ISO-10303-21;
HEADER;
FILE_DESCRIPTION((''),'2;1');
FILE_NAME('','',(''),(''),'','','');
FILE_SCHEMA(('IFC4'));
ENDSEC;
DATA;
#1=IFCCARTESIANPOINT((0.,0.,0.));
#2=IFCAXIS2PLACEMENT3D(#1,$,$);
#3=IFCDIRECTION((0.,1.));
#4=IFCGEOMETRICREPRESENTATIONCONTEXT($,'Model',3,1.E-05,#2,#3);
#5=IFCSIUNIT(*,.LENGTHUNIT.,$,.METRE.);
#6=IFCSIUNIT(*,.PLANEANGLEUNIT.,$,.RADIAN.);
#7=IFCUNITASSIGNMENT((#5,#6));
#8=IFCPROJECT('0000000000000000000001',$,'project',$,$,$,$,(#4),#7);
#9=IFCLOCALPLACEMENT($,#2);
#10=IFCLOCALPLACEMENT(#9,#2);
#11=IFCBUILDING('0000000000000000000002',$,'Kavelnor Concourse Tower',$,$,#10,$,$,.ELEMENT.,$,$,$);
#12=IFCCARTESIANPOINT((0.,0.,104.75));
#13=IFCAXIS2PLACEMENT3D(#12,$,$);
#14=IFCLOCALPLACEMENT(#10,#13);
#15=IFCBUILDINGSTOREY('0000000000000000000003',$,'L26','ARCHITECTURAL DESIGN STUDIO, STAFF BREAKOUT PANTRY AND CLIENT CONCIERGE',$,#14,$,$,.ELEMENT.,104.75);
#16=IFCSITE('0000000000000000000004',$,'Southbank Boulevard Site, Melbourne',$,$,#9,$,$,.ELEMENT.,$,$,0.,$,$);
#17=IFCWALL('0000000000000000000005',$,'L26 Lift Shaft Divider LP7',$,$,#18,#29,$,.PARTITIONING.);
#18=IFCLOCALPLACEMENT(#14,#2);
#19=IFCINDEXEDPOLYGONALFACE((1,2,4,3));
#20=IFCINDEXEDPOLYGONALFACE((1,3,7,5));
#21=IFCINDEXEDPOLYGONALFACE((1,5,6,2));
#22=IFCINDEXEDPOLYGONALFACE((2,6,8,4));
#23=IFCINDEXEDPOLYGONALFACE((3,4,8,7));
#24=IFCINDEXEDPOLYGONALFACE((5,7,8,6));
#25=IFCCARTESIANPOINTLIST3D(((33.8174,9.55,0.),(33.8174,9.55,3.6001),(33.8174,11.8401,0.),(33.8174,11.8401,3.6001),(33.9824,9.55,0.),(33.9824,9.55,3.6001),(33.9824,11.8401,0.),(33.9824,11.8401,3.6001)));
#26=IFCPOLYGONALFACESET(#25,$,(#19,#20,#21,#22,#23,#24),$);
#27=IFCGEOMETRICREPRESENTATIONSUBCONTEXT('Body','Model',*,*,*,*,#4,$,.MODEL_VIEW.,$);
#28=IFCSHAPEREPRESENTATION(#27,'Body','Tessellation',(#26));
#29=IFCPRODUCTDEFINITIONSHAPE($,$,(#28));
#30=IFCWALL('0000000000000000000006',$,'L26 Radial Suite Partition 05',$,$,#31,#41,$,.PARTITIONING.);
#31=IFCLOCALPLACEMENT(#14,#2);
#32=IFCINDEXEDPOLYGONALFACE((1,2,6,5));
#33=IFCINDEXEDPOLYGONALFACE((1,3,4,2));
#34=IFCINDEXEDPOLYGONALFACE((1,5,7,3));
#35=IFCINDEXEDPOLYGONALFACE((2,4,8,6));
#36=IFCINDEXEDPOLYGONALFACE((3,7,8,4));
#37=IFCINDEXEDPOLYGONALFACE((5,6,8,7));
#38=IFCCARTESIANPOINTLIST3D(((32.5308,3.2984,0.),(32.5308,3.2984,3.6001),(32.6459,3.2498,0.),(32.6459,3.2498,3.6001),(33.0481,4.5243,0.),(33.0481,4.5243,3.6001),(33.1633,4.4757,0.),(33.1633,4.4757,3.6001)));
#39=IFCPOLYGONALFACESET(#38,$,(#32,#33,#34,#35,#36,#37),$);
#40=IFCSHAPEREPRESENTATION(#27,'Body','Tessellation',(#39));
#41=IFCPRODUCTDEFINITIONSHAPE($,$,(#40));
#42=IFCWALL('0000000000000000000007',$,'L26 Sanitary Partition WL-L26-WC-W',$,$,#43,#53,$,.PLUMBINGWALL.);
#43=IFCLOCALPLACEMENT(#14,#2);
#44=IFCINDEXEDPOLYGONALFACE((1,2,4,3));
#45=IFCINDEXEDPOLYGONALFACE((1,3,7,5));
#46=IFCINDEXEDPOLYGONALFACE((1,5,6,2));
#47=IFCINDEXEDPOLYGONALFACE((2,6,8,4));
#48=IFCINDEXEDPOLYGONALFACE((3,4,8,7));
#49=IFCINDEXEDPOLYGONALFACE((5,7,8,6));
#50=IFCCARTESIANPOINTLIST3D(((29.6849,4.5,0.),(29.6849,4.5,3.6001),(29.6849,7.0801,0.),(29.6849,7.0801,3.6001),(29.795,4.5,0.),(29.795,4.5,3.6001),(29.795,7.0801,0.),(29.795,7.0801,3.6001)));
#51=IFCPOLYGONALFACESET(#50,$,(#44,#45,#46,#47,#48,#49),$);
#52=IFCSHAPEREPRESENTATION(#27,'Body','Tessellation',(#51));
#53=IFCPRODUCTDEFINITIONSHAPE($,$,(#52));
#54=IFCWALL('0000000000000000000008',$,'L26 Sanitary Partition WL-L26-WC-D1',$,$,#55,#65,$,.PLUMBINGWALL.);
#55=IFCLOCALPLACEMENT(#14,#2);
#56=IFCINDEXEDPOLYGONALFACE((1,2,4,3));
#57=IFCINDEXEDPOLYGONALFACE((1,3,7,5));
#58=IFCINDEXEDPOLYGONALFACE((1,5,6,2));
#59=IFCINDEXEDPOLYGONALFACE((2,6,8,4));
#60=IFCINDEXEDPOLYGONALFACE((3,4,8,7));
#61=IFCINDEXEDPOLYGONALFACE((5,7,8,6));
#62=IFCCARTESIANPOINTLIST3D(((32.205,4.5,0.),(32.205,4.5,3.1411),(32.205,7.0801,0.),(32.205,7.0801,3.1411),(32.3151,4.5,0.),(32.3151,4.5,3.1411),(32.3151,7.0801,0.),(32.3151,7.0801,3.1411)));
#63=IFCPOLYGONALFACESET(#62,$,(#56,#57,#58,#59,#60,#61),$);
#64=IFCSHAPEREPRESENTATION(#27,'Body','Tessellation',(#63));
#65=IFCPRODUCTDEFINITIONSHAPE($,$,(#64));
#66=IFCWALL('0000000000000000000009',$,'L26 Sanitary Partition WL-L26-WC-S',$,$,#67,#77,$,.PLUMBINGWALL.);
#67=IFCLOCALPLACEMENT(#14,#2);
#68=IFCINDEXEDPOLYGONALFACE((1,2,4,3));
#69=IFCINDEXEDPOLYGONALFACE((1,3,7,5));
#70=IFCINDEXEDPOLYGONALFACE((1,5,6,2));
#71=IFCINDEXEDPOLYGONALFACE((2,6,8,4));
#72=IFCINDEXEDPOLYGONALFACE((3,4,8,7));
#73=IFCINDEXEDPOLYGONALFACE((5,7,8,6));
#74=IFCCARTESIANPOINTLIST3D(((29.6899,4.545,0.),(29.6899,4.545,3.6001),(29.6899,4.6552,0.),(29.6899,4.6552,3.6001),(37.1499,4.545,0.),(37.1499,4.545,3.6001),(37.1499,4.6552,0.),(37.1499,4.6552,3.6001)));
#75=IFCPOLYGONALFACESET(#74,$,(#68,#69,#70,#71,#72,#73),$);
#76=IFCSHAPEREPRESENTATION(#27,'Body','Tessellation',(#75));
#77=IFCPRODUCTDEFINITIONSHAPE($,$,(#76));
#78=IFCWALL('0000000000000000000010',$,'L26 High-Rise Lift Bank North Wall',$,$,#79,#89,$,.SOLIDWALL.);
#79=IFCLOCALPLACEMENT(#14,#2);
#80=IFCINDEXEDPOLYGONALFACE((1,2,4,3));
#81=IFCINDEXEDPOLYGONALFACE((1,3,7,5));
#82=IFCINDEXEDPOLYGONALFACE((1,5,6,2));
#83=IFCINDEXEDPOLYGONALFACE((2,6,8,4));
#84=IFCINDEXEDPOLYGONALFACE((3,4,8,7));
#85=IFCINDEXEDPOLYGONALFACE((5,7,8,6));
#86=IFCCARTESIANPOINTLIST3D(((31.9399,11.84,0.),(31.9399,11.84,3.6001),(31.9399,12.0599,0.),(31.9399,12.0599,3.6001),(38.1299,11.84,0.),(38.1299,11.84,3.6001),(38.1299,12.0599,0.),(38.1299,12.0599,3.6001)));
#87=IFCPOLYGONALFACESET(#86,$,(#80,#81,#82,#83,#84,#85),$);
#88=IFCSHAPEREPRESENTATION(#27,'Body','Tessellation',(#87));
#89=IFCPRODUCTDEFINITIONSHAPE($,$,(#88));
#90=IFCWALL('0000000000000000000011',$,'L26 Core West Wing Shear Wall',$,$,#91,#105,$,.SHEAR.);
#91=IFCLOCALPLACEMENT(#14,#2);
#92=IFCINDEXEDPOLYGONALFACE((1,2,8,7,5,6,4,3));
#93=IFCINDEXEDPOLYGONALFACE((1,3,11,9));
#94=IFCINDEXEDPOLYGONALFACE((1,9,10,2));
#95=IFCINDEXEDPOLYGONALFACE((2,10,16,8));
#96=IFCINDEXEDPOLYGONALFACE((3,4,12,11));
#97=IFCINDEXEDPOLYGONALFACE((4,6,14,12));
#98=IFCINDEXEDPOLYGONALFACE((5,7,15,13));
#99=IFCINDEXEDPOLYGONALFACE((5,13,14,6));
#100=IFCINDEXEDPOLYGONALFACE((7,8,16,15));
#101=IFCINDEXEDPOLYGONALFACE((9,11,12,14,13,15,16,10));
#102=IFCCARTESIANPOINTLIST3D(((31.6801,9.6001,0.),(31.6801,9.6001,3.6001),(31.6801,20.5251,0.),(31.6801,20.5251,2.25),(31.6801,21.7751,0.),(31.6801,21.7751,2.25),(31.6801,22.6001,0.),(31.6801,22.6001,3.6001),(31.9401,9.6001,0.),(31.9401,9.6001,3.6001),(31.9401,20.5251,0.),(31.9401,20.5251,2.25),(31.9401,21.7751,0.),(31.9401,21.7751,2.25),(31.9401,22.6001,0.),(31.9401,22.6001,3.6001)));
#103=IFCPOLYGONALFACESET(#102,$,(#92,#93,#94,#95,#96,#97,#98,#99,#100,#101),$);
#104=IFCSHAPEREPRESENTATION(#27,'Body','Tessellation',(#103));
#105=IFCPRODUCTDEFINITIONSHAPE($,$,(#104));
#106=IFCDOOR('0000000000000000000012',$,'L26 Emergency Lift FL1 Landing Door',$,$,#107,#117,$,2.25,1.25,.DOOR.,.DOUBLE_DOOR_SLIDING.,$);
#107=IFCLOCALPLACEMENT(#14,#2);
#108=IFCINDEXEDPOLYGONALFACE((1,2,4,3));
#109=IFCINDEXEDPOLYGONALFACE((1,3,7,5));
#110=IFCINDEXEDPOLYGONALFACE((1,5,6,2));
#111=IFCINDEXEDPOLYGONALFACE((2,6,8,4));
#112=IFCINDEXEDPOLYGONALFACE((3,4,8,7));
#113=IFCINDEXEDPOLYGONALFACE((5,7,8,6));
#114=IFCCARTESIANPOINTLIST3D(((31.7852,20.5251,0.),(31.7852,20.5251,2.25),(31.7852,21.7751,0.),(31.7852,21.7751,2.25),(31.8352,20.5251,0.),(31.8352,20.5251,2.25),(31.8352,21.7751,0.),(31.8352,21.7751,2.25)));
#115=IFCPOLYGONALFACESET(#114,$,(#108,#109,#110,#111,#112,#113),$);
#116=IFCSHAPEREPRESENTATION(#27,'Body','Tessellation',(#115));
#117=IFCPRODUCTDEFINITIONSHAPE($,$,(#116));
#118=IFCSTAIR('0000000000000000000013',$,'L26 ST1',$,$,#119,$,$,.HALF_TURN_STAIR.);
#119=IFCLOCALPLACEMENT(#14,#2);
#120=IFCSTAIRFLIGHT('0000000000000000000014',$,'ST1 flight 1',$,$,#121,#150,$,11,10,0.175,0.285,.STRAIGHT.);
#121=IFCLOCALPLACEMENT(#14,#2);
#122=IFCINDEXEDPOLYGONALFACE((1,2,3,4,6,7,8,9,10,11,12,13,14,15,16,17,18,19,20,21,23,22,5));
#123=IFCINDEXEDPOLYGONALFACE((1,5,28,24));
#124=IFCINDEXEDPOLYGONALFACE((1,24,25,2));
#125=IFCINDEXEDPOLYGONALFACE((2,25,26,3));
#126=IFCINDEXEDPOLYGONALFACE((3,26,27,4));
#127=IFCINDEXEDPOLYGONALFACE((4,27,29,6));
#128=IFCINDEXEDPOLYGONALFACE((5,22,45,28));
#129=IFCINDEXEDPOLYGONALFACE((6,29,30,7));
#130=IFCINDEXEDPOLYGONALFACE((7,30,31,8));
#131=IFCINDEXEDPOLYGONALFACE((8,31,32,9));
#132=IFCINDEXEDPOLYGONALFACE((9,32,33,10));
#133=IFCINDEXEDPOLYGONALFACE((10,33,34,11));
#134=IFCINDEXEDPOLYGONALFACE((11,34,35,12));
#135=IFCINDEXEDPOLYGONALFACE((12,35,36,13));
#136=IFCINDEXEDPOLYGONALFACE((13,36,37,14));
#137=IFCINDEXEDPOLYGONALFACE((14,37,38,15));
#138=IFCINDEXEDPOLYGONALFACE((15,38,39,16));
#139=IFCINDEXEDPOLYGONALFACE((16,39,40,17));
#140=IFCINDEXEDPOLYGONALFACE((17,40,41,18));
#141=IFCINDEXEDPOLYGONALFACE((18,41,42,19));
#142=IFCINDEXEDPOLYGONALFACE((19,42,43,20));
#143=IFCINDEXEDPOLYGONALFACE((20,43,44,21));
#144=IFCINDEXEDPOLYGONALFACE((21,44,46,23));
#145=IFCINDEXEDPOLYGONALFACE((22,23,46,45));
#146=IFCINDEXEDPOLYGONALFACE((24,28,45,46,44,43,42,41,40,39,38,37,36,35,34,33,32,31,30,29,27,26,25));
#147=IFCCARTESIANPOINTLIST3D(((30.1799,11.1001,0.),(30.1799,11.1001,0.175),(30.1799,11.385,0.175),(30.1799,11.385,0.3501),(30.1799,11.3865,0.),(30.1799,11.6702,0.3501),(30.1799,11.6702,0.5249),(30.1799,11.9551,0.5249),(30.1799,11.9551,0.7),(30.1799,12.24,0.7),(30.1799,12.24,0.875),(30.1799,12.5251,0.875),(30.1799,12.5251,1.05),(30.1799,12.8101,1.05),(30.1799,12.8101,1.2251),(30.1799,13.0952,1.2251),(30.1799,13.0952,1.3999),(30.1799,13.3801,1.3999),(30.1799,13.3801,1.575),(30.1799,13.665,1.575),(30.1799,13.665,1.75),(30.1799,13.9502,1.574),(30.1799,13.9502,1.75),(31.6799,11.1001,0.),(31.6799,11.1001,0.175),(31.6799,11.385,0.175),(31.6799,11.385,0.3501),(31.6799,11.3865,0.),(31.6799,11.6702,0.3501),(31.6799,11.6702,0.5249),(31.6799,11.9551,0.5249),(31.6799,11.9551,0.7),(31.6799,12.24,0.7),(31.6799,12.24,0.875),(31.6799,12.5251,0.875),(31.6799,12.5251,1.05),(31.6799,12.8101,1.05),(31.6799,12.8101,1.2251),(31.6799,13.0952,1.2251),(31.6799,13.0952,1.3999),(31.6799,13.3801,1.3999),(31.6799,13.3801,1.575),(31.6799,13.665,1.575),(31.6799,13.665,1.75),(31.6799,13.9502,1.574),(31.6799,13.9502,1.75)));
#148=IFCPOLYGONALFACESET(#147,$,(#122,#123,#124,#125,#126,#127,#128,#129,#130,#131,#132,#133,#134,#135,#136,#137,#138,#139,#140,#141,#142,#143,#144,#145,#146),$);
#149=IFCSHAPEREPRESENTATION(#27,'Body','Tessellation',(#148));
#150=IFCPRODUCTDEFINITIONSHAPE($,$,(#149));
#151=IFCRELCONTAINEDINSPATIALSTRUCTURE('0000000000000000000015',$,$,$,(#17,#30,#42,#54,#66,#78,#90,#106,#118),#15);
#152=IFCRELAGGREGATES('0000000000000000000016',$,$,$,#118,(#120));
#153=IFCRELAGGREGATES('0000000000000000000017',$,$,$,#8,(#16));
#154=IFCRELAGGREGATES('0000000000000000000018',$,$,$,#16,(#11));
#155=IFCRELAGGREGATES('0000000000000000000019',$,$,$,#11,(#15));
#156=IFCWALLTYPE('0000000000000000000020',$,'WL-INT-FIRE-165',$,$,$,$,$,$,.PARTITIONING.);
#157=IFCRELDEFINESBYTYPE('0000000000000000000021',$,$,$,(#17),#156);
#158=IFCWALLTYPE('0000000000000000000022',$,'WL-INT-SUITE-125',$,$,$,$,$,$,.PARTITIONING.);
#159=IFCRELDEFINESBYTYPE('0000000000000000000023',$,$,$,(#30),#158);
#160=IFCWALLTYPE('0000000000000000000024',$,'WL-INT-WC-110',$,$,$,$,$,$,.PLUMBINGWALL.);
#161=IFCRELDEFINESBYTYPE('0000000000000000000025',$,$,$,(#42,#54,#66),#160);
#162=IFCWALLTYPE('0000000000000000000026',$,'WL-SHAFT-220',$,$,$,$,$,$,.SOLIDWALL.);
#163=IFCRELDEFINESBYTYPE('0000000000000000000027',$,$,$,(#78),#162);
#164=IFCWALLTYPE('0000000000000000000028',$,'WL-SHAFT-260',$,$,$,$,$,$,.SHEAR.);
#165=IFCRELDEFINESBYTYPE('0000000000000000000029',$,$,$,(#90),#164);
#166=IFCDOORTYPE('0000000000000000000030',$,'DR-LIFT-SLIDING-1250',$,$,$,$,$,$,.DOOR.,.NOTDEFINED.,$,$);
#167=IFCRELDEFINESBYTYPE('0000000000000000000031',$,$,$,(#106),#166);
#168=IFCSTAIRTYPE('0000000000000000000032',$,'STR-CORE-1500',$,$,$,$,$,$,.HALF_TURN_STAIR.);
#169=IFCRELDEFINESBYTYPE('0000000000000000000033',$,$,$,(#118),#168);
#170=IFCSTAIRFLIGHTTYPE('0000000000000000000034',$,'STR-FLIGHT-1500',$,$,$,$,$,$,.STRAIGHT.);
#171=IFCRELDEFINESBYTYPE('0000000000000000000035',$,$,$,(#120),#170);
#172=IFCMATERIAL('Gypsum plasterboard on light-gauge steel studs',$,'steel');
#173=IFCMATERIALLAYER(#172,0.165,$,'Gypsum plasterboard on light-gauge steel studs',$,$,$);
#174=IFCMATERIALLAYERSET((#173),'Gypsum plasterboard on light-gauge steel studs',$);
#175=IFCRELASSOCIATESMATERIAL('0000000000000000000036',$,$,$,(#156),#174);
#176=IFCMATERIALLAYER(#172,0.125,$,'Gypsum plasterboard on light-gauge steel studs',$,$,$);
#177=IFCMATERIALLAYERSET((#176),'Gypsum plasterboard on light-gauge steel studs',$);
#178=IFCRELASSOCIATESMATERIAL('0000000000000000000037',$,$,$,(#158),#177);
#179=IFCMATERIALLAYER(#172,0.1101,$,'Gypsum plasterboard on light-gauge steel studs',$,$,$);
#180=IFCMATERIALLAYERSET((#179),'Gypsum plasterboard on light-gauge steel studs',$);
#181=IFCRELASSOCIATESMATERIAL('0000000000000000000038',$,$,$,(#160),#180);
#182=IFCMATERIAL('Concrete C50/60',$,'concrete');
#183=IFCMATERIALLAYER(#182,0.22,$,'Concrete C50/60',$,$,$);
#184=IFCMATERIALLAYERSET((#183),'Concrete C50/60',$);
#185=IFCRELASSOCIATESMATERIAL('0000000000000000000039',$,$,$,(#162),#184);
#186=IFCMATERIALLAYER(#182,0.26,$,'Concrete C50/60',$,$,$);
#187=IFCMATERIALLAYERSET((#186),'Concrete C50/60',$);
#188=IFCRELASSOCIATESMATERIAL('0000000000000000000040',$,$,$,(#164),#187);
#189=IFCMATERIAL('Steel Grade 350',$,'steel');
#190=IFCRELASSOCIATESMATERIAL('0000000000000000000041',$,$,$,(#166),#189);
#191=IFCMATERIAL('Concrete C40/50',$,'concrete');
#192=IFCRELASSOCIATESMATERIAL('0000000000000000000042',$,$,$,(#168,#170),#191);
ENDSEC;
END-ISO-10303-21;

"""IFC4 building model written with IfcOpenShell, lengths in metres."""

from ifc_helpers import new_model, si_unit, direction, frame, frame_2d, origin, place, context, subcontext, project, spatial, polyline, rectangle, outline, extrude, material, layer, layer_set, type_object, element, fill, aggregate, save


model = new_model("IFC4")

# Units and contexts
model_context = context("Model", 3, precision=1e-05, world=origin(), true_north=direction((0.0, 1.0)))
body_context = subcontext(model_context, "Body", "Model", "MODEL_VIEW")
ifc_project = project(units=[si_unit("LENGTHUNIT", "METRE"), si_unit("PLANEANGLEUNIT", "RADIAN")], contexts=[model_context])

# Site, building, storey
site_placement = place(None, origin())
site = spatial("IfcSite", under=ifc_project, at=site_placement, Name="Southbank Boulevard Site, Melbourne", CompositionType="ELEMENT", RefElevation=0.0)
building_placement = place(site_placement, origin())
building = spatial("IfcBuilding", under=site, at=building_placement, Name="Kavelnor Concourse Tower", CompositionType="ELEMENT")
storey_placement = place(building_placement, frame((0.0, 0.0, 104.75)))
storey = spatial("IfcBuildingStorey", under=building, at=storey_placement, Name="L26", Description="ARCHITECTURAL DESIGN STUDIO, STAFF BREAKOUT PANTRY AND CLIENT CONCIERGE", CompositionType="ELEMENT", Elevation=104.75)

# Shared definitions
ifc_material_1 = material(Name="Steel Grade 350", Category="steel")

# Walls
ifc_material_2 = material(Name="Gypsum plasterboard on light-gauge steel studs", Category="steel")
ifc_layer_1 = layer(ifc_material_2, 0.165, Name="Gypsum plasterboard on light-gauge steel studs")
ifc_layer_set_1 = layer_set([ifc_layer_1], Name="Gypsum plasterboard on light-gauge steel studs")
wall_type_1 = type_object("IfcWallType", Name="WL-INT-FIRE-165", PredefinedType="PARTITIONING", material=ifc_layer_set_1)
wall_1_placement = place(storey_placement, frame((33.8999, 9.55, 0.0), z_axis=(0.0, 0.0, 1.0), x_axis=(0.0, 1.0, 0.0)))
element("IfcWall", 1, at=wall_1_placement, inside=storey, type_object=wall_type_1, Name="L26 Lift Shaft Divider LP7", PredefinedType="PARTITIONING", context=body_context, shape_type="SweptSolid", body=[
    extrude(rectangle(XDim=2.29, YDim=0.165, at=frame_2d((1.145, 0.0))), origin(), (0.0, 0.0, 1.0), 3.6001),
])
ifc_layer_2 = layer(ifc_material_2, 0.125, Name="Gypsum plasterboard on light-gauge steel studs")
ifc_layer_set_2 = layer_set([ifc_layer_2], Name="Gypsum plasterboard on light-gauge steel studs")
wall_type_2 = type_object("IfcWallType", Name="WL-INT-SUITE-125", PredefinedType="PARTITIONING", material=ifc_layer_set_2)
wall_2_placement = place(storey_placement, frame((33.1057, 4.5, 0.0), z_axis=(0.0, 0.0, 1.0), x_axis=(-0.38882, -0.921314, 0.0)))
element("IfcWall", 2, at=wall_2_placement, inside=storey, type_object=wall_type_2, Name="L26 Radial Suite Partition 05", PredefinedType="PARTITIONING", context=body_context, shape_type="SweptSolid", body=[
    extrude(rectangle(XDim=1.3306, YDim=0.125, at=frame_2d((0.6653, 0.0))), origin(), (0.0, 0.0, 1.0), 3.6001),
])
ifc_layer_3 = layer(ifc_material_2, 0.1101, Name="Gypsum plasterboard on light-gauge steel studs")
ifc_layer_set_3 = layer_set([ifc_layer_3], Name="Gypsum plasterboard on light-gauge steel studs")
wall_type_3 = type_object("IfcWallType", Name="WL-INT-WC-110", PredefinedType="PLUMBINGWALL", material=ifc_layer_set_3)
wall_3_placement = place(storey_placement, frame((29.74, 4.5, 0.0), z_axis=(0.0, 0.0, 1.0), x_axis=(0.0, 1.0, 0.0)))
element("IfcWall", 3, at=wall_3_placement, inside=storey, type_object=wall_type_3, Name="L26 Sanitary Partition WL-L26-WC-W", PredefinedType="PLUMBINGWALL", context=body_context, shape_type="SweptSolid", body=[
    extrude(rectangle(XDim=2.5801, YDim=0.1101, at=frame_2d((1.29, 0.0))), origin(), (0.0, 0.0, 1.0), 3.6001),
])
wall_4_placement = place(storey_placement, frame((32.26, 4.5, 0.0), z_axis=(0.0, 0.0, 1.0), x_axis=(0.0, 1.0, 0.0)))
element("IfcWall", 4, at=wall_4_placement, inside=storey, type_object=wall_type_3, Name="L26 Sanitary Partition WL-L26-WC-D1", PredefinedType="PLUMBINGWALL", context=body_context, shape_type="SweptSolid", body=[
    extrude(rectangle(XDim=2.5801, YDim=0.1101, at=frame_2d((1.29, 0.0))), origin(), (0.0, 0.0, 1.0), 3.1411),
])
wall_5_placement = place(storey_placement, frame((29.6899, 4.6001, 0.0), z_axis=(0.0, 0.0, 1.0), x_axis=(1.0, 0.0, 0.0)))
element("IfcWall", 5, at=wall_5_placement, inside=storey, type_object=wall_type_3, Name="L26 Sanitary Partition WL-L26-WC-S", PredefinedType="PLUMBINGWALL", context=body_context, shape_type="SweptSolid", body=[
    extrude(rectangle(XDim=7.46, YDim=0.1101, at=frame_2d((3.73, 0.0))), origin(), (0.0, 0.0, 1.0), 3.6001),
])
ifc_material_3 = material(Name="Concrete C50/60", Category="concrete")
ifc_layer_4 = layer(ifc_material_3, 0.22, Name="Concrete C50/60")
ifc_layer_set_4 = layer_set([ifc_layer_4], Name="Concrete C50/60")
wall_type_4 = type_object("IfcWallType", Name="WL-SHAFT-220", PredefinedType="SOLIDWALL", material=ifc_layer_set_4)
wall_6_placement = place(storey_placement, frame((31.9399, 11.95, 0.0), z_axis=(0.0, 0.0, 1.0), x_axis=(1.0, 0.0, 0.0)))
element("IfcWall", 6, at=wall_6_placement, inside=storey, type_object=wall_type_4, Name="L26 High-Rise Lift Bank North Wall", PredefinedType="SOLIDWALL", context=body_context, shape_type="SweptSolid", body=[
    extrude(rectangle(XDim=6.1899, YDim=0.22, at=frame_2d((3.095, 0.0))), origin(), (0.0, 0.0, 1.0), 3.6001),
])

# Wall, opening, door
ifc_layer_5 = layer(ifc_material_3, 0.26, Name="Concrete C50/60")
ifc_layer_set_5 = layer_set([ifc_layer_5], Name="Concrete C50/60")
wall_type_5 = type_object("IfcWallType", Name="WL-SHAFT-260", PredefinedType="SHEAR", material=ifc_layer_set_5)
wall_7_placement = place(storey_placement, frame((31.8101, 9.6001, 0.0), z_axis=(0.0, 0.0, 1.0), x_axis=(0.0, 1.0, 0.0)))
wall_7 = element("IfcWall", 7, at=wall_7_placement, inside=storey, type_object=wall_type_5, Name="L26 Core West Wing Shear Wall", PredefinedType="SHEAR", context=body_context, shape_type="SweptSolid", body=[
    extrude(rectangle(XDim=13.0, YDim=0.26, at=frame_2d((6.5, 0.0))), origin(), (0.0, 0.0, 1.0), 3.6001),
])
opening_1_placement = place(wall_7_placement, frame((10.925, 0.0, 0.0)))
opening_1 = element("IfcOpeningElement", 8, at=opening_1_placement, cuts=wall_7, PredefinedType="OPENING", context=body_context, shape_type="SweptSolid", body=[
    extrude(rectangle(XDim=1.25, YDim=2.25, at=frame_2d((0.625, 1.125))), frame((0.0, 0.1401, 0.0), z_axis=(0.0, -1.0, 0.0), x_axis=(1.0, 0.0, 0.0)), (0.0, 0.0, 1.0), 0.28),
])
door_type_1 = type_object("IfcDoorType", Name="DR-LIFT-SLIDING-1250", OperationType="NOTDEFINED", PredefinedType="DOOR", material=ifc_material_1)
door_1_placement = place(opening_1_placement, origin())
door_1 = element("IfcDoor", 9, at=door_1_placement, inside=storey, type_object=door_type_1, Name="L26 Emergency Lift FL1 Landing Door", OperationType="DOUBLE_DOOR_SLIDING", OverallHeight=2.25, OverallWidth=1.25, PredefinedType="DOOR", context=body_context, shape_type="SweptSolid", body=[
    extrude(rectangle(XDim=1.25, YDim=2.25, at=frame_2d((0.625, 1.125))), frame((0.0, 0.0249, 0.0), z_axis=(0.0, -1.0, 0.0), x_axis=(1.0, 0.0, 0.0)), (0.0, 0.0, 1.0), 0.05),
])
fill(opening_1, door_1)

# Stair, stair flight
ifc_material_4 = material(Name="Concrete C40/50", Category="concrete")
stair_type = type_object("IfcStairType", Name="STR-CORE-1500", PredefinedType="HALF_TURN_STAIR", material=ifc_material_4)
stair_placement = place(storey_placement, origin())
stair = element("IfcStair", 10, at=stair_placement, inside=storey, type_object=stair_type, Name="L26 ST1", PredefinedType="HALF_TURN_STAIR")
stair_flight_type = type_object("IfcStairFlightType", Name="STR-FLIGHT-1500", PredefinedType="STRAIGHT", material=ifc_material_4)
stair_flight_placement = place(storey_placement, frame((30.9299, 11.1001, 0.0), z_axis=(0.0, 0.0, 1.0), x_axis=(0.0, 1.0, 0.0)))
stair_flight = element("IfcStairFlight", 11, at=stair_flight_placement, type_object=stair_flight_type, Name="ST1 flight 1", NumberOfRisers=11, NumberOfTreads=10, PredefinedType="STRAIGHT", RiserHeight=0.175, TreadLength=0.285, context=body_context, shape_type="SweptSolid", body=[
    extrude(outline(polyline([(0.0, 0.0), (0.0, 0.175), (0.2849, 0.175), (0.2849, 0.3501), (0.5701, 0.3501), (0.5701, 0.5249), (0.855, 0.5249), (0.855, 0.7), (1.1399, 0.7), (1.1399, 0.875), (1.425, 0.875), (1.425, 1.05), (1.71, 1.05), (1.71, 1.2251), (1.9951, 1.2251), (1.9951, 1.3999), (2.28, 1.3999), (2.28, 1.575), (2.5649, 1.575), (2.5649, 1.75), (2.8501, 1.75), (2.8501, 1.925), (2.8501, 1.574), (0.2864, 0.0), (0.0, 0.0)])), frame((0.0, 0.75, 0.0), z_axis=(0.0, -1.0, 0.0), x_axis=(1.0, 0.0, 0.0)), (0.0, 0.0, 1.0), 1.5),
])
aggregate(stair, [stair_flight])

save(model, "model.ifc")
